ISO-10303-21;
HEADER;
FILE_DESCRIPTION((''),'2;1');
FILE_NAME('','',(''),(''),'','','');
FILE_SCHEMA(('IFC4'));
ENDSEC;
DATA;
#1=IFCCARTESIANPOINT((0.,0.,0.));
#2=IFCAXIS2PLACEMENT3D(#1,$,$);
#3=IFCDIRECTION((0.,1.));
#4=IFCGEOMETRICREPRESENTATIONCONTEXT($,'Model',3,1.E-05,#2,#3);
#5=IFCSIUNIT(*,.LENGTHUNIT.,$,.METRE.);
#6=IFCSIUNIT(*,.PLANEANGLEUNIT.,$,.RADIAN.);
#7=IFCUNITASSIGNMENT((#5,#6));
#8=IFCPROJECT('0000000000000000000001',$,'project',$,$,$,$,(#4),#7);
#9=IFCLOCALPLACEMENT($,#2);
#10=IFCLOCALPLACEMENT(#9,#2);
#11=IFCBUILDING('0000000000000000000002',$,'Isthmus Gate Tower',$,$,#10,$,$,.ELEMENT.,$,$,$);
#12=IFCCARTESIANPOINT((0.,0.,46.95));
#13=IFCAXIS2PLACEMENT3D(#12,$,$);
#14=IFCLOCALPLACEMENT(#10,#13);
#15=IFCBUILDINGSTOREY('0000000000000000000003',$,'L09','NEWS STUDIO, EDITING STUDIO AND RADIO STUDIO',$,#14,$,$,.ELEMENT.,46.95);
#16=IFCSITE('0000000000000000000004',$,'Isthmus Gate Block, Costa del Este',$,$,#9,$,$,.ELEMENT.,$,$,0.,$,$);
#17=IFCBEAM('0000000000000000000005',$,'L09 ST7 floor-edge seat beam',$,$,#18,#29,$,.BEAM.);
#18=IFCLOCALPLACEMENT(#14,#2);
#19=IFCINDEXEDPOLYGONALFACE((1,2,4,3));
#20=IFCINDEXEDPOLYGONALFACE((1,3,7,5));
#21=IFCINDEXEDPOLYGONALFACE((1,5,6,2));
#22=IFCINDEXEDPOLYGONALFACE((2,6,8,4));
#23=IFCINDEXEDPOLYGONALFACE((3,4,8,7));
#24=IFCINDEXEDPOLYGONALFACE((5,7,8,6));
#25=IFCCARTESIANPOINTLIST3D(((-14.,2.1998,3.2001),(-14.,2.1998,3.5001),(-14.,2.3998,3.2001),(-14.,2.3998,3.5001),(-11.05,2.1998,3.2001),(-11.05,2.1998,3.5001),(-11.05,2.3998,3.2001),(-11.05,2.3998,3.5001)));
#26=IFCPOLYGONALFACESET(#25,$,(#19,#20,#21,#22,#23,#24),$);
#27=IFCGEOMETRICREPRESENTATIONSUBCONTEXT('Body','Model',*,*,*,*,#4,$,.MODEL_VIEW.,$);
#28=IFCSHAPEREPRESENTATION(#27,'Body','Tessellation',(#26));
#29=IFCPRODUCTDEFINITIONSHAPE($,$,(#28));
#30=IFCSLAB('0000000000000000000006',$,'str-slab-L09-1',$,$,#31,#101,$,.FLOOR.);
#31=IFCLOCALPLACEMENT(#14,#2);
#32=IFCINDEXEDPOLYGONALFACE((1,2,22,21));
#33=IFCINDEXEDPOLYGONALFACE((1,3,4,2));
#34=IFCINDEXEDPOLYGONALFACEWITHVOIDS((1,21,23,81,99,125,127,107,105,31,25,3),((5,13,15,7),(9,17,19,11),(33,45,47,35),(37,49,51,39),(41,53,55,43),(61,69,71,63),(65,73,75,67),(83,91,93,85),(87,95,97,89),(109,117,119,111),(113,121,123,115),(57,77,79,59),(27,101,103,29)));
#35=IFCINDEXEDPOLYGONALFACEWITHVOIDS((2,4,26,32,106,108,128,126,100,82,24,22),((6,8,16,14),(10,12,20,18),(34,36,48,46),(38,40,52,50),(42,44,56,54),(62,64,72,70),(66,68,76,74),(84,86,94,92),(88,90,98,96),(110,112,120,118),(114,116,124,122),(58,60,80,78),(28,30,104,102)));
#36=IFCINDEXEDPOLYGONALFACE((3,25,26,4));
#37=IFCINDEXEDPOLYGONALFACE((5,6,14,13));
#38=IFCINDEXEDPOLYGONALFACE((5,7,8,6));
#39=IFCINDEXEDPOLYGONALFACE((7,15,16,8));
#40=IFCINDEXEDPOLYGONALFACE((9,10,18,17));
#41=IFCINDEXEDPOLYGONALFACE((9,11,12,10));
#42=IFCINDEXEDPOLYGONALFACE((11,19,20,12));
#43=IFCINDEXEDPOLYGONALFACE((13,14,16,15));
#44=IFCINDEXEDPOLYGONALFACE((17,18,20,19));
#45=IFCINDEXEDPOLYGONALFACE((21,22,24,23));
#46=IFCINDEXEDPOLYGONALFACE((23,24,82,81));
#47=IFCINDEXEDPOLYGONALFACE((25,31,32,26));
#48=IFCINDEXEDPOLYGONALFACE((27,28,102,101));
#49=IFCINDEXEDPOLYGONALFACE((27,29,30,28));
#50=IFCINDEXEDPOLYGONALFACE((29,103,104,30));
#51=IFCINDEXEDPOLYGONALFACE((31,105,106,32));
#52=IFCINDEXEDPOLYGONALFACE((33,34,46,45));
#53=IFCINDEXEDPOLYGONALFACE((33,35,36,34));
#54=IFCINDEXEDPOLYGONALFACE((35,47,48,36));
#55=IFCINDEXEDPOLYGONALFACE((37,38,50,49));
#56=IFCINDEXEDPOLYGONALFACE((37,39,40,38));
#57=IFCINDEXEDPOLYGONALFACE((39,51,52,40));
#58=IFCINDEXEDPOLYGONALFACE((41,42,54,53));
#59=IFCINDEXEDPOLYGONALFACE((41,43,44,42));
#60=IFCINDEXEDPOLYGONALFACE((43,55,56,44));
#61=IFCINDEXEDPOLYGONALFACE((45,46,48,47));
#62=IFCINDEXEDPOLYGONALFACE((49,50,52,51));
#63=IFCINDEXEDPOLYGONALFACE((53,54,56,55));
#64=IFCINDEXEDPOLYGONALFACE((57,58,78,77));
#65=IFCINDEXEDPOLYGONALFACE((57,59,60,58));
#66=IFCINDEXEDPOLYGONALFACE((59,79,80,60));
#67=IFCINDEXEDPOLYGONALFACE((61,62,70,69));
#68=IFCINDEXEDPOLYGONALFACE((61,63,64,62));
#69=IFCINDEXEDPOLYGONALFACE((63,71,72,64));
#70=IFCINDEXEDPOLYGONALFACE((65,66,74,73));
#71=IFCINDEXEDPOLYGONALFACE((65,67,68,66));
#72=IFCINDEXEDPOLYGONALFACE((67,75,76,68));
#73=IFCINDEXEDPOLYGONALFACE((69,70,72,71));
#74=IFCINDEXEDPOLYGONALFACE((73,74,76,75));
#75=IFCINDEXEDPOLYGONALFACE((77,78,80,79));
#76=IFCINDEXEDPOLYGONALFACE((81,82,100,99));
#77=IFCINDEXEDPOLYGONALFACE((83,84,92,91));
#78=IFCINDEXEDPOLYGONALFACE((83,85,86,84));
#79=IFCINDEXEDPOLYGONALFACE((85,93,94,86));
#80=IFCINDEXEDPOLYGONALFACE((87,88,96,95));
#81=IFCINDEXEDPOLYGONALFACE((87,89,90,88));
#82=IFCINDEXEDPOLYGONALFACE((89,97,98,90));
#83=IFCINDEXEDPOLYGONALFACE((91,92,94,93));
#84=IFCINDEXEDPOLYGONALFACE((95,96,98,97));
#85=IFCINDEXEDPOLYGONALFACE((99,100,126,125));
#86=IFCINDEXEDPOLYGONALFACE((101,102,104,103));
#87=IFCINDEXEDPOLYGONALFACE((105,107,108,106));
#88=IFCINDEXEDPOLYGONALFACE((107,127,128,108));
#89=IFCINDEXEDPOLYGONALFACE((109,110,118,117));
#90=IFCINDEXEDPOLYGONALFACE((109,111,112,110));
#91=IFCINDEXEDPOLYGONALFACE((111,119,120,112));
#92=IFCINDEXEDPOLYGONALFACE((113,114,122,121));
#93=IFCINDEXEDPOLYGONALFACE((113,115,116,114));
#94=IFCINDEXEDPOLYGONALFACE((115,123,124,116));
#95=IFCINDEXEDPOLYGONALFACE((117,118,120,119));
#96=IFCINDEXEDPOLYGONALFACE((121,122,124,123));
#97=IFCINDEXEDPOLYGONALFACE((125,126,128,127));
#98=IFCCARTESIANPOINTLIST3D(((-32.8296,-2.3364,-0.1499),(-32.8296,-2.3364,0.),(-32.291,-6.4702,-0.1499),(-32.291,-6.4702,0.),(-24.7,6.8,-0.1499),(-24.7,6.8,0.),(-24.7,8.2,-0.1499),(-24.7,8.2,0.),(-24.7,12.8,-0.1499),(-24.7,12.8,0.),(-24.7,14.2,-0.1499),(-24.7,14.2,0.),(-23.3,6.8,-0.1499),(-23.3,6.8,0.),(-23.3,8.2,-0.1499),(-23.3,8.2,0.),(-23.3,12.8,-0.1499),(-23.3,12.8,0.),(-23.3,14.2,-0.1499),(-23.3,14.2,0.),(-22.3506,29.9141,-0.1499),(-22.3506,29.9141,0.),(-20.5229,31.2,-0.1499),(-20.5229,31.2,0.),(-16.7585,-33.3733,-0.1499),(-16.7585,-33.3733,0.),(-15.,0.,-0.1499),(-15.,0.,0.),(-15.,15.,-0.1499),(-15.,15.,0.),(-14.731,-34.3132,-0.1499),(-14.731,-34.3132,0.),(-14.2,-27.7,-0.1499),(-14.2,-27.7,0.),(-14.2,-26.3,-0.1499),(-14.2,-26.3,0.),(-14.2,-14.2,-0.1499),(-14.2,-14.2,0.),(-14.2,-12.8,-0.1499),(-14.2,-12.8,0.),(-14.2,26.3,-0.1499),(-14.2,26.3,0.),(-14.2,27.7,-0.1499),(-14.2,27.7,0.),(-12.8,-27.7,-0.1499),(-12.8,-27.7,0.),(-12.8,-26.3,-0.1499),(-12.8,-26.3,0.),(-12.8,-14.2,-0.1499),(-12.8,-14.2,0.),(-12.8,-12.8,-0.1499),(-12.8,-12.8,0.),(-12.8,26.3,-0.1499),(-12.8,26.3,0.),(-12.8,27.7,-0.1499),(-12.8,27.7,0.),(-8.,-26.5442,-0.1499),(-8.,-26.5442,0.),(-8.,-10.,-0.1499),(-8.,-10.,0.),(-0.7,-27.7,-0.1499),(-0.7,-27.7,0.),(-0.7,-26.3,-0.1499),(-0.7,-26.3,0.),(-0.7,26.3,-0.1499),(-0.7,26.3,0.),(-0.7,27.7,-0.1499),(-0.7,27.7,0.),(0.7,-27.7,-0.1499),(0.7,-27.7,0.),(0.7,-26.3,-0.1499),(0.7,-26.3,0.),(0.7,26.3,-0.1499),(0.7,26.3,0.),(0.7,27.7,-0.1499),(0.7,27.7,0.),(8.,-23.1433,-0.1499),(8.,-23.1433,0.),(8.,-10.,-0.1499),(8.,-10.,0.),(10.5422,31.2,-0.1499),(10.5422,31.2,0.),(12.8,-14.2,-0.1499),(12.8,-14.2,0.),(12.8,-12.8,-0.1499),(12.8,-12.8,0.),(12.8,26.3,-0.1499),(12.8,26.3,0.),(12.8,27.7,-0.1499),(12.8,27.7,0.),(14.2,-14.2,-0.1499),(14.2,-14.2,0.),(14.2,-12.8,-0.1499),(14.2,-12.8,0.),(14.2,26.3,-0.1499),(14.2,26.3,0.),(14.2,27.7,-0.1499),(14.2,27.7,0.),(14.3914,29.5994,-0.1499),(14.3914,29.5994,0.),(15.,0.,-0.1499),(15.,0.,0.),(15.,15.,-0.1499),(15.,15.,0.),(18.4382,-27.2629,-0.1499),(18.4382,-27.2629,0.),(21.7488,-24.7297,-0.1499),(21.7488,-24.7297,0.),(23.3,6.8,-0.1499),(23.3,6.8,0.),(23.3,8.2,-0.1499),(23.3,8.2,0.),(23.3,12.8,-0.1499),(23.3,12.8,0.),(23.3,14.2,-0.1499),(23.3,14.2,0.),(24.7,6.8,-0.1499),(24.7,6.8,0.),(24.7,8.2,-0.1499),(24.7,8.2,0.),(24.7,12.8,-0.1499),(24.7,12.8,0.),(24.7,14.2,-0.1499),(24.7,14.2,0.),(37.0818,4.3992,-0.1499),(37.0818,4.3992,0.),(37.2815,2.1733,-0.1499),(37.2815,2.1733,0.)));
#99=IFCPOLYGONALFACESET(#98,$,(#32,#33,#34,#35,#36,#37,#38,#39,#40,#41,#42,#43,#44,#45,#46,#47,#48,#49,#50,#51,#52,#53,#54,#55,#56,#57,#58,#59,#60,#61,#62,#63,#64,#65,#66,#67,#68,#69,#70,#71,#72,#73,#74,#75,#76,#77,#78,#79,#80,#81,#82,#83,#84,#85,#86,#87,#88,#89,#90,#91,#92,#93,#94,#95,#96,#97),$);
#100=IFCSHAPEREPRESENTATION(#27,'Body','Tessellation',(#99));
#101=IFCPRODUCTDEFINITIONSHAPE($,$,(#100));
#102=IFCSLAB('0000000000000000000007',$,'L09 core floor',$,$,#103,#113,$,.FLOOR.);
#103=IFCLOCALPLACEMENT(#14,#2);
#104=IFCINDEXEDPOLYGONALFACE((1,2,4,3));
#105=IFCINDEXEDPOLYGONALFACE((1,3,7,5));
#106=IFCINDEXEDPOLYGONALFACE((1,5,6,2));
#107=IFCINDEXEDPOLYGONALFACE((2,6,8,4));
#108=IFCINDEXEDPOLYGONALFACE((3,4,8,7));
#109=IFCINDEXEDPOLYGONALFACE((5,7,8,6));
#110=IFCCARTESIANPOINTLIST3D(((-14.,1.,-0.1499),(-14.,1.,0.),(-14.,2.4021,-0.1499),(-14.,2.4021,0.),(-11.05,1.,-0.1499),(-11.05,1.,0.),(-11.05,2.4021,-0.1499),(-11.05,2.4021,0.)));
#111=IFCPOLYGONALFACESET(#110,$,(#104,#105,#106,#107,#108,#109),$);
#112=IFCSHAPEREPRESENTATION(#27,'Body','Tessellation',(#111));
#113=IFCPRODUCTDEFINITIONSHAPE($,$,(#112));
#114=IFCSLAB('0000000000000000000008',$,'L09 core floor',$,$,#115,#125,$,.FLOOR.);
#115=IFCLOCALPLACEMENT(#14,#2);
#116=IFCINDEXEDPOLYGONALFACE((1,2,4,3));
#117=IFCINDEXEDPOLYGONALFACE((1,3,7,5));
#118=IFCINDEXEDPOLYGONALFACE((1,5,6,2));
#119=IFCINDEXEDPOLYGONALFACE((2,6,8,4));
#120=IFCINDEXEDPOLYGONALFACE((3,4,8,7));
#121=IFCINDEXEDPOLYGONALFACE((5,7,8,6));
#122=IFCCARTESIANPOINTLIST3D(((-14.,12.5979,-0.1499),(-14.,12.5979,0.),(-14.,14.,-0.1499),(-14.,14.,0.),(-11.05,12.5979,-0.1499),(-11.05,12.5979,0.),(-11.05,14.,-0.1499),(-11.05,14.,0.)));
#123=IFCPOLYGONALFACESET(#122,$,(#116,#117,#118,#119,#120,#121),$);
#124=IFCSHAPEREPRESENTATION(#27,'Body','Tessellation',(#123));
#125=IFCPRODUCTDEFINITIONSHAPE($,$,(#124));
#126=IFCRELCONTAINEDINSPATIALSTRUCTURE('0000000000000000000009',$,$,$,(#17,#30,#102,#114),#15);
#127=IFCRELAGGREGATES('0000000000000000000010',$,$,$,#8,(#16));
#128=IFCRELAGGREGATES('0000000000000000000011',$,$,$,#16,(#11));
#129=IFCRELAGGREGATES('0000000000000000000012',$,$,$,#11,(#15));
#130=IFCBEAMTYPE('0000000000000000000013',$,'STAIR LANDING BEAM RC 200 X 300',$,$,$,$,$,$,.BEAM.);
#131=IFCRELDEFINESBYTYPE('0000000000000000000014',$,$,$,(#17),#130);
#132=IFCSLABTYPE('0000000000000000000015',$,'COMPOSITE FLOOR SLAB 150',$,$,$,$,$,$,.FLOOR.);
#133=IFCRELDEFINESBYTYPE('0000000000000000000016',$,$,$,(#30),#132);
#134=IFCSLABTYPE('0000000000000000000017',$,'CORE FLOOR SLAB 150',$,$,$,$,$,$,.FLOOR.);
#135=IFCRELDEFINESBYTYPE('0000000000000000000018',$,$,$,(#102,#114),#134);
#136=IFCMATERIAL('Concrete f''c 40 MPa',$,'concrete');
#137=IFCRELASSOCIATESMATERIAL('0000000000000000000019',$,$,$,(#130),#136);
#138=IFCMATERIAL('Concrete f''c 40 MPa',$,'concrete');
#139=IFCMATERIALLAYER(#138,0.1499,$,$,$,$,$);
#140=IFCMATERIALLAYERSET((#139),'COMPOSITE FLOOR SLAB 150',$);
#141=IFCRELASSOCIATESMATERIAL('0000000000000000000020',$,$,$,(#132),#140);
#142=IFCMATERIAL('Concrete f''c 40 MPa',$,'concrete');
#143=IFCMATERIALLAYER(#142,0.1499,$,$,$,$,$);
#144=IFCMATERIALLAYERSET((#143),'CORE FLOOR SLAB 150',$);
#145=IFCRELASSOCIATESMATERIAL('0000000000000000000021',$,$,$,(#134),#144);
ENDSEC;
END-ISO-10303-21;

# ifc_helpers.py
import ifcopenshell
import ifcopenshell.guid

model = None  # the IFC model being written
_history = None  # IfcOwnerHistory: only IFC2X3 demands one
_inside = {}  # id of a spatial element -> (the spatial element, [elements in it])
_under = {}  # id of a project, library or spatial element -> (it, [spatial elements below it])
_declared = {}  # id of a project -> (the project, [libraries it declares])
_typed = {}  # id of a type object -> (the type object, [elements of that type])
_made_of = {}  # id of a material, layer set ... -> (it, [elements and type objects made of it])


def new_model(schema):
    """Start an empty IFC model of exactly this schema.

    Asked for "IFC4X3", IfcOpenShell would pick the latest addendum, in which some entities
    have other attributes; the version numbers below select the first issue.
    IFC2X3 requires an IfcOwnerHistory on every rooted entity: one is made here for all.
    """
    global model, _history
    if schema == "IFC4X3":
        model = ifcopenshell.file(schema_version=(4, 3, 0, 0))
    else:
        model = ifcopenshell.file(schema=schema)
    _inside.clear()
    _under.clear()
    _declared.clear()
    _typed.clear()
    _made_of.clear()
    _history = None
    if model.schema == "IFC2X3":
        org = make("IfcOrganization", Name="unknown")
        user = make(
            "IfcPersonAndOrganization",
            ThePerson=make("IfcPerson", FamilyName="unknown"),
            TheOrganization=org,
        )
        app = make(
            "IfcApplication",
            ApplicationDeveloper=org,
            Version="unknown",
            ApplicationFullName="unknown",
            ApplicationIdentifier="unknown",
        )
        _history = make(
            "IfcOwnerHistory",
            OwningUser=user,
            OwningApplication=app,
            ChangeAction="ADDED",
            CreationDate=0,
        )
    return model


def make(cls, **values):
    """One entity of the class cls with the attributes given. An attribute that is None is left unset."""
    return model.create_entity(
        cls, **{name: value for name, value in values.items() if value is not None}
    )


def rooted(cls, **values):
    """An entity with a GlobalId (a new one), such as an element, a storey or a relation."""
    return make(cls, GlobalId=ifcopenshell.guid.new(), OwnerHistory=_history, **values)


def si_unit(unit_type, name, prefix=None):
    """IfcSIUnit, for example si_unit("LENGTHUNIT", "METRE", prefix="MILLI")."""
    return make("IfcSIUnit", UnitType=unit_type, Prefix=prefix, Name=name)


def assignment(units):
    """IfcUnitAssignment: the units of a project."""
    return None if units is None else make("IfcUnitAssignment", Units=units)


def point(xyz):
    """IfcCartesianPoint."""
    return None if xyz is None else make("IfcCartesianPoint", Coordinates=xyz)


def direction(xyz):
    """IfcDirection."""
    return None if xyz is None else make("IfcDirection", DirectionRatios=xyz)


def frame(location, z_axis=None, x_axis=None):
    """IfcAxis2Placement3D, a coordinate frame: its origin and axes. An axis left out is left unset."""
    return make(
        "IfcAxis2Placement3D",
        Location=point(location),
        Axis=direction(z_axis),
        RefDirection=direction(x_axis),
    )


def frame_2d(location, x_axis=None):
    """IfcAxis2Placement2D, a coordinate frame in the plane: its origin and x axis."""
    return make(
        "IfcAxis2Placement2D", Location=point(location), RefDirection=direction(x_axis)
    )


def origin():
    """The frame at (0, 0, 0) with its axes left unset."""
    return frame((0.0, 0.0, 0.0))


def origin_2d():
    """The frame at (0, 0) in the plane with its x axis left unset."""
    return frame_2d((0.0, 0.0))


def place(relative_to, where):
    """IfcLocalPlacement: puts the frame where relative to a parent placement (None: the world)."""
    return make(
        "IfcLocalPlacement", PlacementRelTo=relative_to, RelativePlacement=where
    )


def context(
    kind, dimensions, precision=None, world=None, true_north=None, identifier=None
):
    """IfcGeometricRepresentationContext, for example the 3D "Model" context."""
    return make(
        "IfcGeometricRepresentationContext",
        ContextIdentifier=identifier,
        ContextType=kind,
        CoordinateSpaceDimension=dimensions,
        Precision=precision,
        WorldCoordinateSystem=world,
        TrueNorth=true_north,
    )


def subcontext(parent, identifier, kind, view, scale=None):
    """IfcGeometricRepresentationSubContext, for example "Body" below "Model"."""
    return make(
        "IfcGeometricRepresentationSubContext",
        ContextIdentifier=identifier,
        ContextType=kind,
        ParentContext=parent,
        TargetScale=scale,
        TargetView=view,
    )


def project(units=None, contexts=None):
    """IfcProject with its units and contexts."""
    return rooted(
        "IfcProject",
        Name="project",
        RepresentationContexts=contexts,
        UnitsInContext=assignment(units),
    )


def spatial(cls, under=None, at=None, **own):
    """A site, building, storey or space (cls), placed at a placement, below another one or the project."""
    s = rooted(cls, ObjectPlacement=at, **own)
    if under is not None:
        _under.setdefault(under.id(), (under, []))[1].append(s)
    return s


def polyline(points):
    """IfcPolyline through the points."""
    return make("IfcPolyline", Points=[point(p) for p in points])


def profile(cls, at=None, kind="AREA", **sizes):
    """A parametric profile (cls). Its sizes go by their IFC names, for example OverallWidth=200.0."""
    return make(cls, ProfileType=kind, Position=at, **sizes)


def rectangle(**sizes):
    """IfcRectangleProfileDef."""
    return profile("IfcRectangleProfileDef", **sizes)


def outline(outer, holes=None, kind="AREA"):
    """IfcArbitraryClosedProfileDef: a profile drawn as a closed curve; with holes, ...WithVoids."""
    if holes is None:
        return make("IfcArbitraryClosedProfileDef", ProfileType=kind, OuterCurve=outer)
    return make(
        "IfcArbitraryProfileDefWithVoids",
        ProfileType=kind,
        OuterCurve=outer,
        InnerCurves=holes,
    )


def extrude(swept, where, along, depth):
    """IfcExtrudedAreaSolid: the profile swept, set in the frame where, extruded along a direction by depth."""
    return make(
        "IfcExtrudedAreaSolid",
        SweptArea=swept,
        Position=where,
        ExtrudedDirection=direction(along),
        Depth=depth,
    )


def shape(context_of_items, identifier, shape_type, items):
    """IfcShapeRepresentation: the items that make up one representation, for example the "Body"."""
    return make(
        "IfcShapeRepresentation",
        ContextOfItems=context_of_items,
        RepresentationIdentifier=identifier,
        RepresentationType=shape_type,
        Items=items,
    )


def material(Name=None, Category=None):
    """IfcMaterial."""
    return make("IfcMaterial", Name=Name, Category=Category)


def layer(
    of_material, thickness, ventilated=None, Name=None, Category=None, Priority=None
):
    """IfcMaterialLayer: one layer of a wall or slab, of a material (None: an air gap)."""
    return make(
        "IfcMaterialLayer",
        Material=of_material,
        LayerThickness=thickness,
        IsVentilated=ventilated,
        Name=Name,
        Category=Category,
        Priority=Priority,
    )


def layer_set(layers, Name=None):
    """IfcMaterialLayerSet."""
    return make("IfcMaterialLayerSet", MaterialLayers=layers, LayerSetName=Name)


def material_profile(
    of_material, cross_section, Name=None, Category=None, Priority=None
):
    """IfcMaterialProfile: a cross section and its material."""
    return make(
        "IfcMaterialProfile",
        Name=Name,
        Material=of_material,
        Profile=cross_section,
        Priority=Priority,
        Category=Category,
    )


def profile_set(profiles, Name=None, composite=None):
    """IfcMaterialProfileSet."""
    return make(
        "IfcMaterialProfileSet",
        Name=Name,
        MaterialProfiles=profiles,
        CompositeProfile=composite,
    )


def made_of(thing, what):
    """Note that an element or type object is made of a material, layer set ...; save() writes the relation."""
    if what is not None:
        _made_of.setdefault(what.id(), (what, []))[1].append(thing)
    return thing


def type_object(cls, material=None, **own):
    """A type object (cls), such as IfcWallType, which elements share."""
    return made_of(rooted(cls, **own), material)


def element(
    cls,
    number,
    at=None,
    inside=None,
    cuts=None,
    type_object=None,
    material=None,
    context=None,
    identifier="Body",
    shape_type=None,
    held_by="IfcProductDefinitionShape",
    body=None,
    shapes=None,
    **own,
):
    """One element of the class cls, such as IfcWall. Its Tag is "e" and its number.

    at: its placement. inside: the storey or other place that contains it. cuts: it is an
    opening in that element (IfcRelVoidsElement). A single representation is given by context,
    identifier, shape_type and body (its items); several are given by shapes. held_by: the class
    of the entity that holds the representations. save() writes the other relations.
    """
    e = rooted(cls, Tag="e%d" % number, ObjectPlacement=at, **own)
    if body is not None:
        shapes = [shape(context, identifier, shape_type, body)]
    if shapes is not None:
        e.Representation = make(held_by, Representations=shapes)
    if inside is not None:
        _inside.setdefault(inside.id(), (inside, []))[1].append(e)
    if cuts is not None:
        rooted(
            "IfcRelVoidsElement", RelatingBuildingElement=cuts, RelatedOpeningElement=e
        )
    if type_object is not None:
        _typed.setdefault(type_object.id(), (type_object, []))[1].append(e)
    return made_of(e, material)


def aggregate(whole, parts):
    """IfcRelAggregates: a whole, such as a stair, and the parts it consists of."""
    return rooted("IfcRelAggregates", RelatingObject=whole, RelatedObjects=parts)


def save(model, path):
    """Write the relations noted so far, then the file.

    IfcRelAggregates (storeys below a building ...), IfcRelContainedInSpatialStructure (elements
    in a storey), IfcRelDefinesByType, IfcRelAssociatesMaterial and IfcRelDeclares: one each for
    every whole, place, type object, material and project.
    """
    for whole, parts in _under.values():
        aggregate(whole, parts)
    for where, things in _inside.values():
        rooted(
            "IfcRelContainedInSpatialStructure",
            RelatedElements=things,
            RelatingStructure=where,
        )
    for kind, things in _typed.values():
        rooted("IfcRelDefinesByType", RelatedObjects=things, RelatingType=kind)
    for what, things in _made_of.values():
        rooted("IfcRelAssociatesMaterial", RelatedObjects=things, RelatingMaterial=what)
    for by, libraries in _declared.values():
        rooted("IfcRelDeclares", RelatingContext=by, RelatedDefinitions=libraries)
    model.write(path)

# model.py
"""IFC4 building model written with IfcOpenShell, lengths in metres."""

from ifc_helpers import new_model, si_unit, direction, frame, origin, origin_2d, place, context, subcontext, project, spatial, polyline, rectangle, outline, extrude, material, layer, layer_set, material_profile, profile_set, type_object, element, save


model = new_model("IFC4")

# Units and contexts
model_context = context("Model", 3, precision=1e-05, world=origin(), true_north=direction((0.0, 1.0)))
body_context = subcontext(model_context, "Body", "Model", "MODEL_VIEW")
ifc_project = project(units=[si_unit("LENGTHUNIT", "METRE"), si_unit("PLANEANGLEUNIT", "RADIAN")], contexts=[model_context])

# Site, building, storey
site_placement = place(None, origin())
site = spatial("IfcSite", under=ifc_project, at=site_placement, Name="Isthmus Gate Block, Costa del Este", CompositionType="ELEMENT", RefElevation=0.0)
building_placement = place(site_placement, origin())
building = spatial("IfcBuilding", under=site, at=building_placement, Name="Isthmus Gate Tower", CompositionType="ELEMENT")
storey_placement = place(building_placement, frame((0.0, 0.0, 46.95)))
storey = spatial("IfcBuildingStorey", under=building, at=storey_placement, Name="L09", Description="NEWS STUDIO, EDITING STUDIO AND RADIO STUDIO", CompositionType="ELEMENT", Elevation=46.95)

# Beam
ifc_material_1 = material(Name="Concrete f'c 40 MPa", Category="concrete")
ifc_material_profile = material_profile(ifc_material_1, rectangle(XDim=0.2, YDim=0.3, at=origin_2d()), Name="STAIR LANDING BEAM RC 200 X 300")
ifc_profile_set = profile_set([ifc_material_profile], Name="Concrete f'c 40 MPa")
beam_type = type_object("IfcBeamType", Name="STAIR LANDING BEAM RC 200 X 300", PredefinedType="BEAM", material=ifc_profile_set)
beam_placement = place(storey_placement, frame((-14.0, 2.2998, 3.3501), z_axis=(1.0, 0.0, 0.0), x_axis=(0.0, 1.0, 0.0)))
element("IfcBeam", 1, at=beam_placement, inside=storey, type_object=beam_type, Name="L09 ST7 floor-edge seat beam", PredefinedType="BEAM", context=body_context, shape_type="SweptSolid", body=[
    extrude(rectangle(XDim=0.2, YDim=0.3, at=origin_2d()), origin(), (0.0, 0.0, 1.0), 2.95),
])

# Slabs
ifc_material_2 = material(Name="Concrete f'c 40 MPa", Category="concrete")
ifc_layer_1 = layer(ifc_material_2, 0.1499)
ifc_layer_set_1 = layer_set([ifc_layer_1], Name="COMPOSITE FLOOR SLAB 150")
slab_type_1 = type_object("IfcSlabType", Name="COMPOSITE FLOOR SLAB 150", PredefinedType="FLOOR", material=ifc_layer_set_1)
slab_1_placement = place(storey_placement, frame((0.0, 0.0, -0.1499)))
element("IfcSlab", 2, at=slab_1_placement, inside=storey, type_object=slab_type_1, Name="str-slab-L09-1", PredefinedType="FLOOR", context=body_context, shape_type="SweptSolid", body=[
    extrude(outline(polyline([(14.3914, 29.5994), (37.0818, 4.3992), (37.2815, 2.1733), (21.7488, -24.7297), (18.4382, -27.2629), (-14.731, -34.3132), (-16.7585, -33.3733), (-32.291, -6.4702), (-32.8296, -2.3364), (-22.3506, 29.9141), (-20.5229, 31.2), (10.5422, 31.2), (14.3914, 29.5994)]), holes=[polyline([(-14.2, -27.7), (-12.8, -27.7), (-12.8, -26.3), (-14.2, -26.3), (-14.2, -27.7)]), polyline([(-0.7, -26.3), (-0.7, -27.7), (0.7, -27.7), (0.7, -26.3), (-0.7, -26.3)]), polyline([(-14.2, -12.8), (-14.2, -14.2), (-12.8, -14.2), (-12.8, -12.8), (-14.2, -12.8)]), polyline([(-24.7, 8.2), (-24.7, 6.8), (-23.3, 6.8), (-23.3, 8.2), (-24.7, 8.2)]), polyline([(-23.3, 14.2), (-24.7, 14.2), (-24.7, 12.8), (-23.3, 12.8), (-23.3, 14.2)]), polyline([(-14.2, 27.7), (-14.2, 26.3), (-12.8, 26.3), (-12.8, 27.7), (-14.2, 27.7)]), polyline([(-0.7, 27.7), (-0.7, 26.3), (0.7, 26.3), (0.7, 27.7), (-0.7, 27.7)]), polyline([(8.0, -23.1433), (8.0, -10.0), (-8.0, -10.0), (-8.0, -26.5442), (8.0, -23.1433)]), polyline([(14.2, -12.8), (12.8, -12.8), (12.8, -14.2), (14.2, -14.2), (14.2, -12.8)]), polyline([(15.0, 15.0), (-15.0, 15.0), (-15.0, 0.0), (15.0, 0.0), (15.0, 15.0)]), polyline([(24.7, 8.2), (23.3, 8.2), (23.3, 6.8), (24.7, 6.8), (24.7, 8.2)]), polyline([(23.3, 14.2), (23.3, 12.8), (24.7, 12.8), (24.7, 14.2), (23.3, 14.2)]), polyline([(14.2, 27.7), (12.8, 27.7), (12.8, 26.3), (14.2, 26.3), (14.2, 27.7)])]), origin(), (0.0, 0.0, 1.0), 0.1499),
])
ifc_material_3 = material(Name="Concrete f'c 40 MPa", Category="concrete")
ifc_layer_2 = layer(ifc_material_3, 0.1499)
ifc_layer_set_2 = layer_set([ifc_layer_2], Name="CORE FLOOR SLAB 150")
slab_type_2 = type_object("IfcSlabType", Name="CORE FLOOR SLAB 150", PredefinedType="FLOOR", material=ifc_layer_set_2)
slab_2_placement = place(storey_placement, frame((0.0, 0.0, -0.1499)))
element("IfcSlab", 3, at=slab_2_placement, inside=storey, type_object=slab_type_2, Name="L09 core floor", PredefinedType="FLOOR", context=body_context, shape_type="SweptSolid", body=[
    extrude(outline(polyline([(-11.05, 1.0), (-11.05, 2.4021), (-14.0, 2.4021), (-14.0, 1.0), (-11.05, 1.0)])), origin(), (0.0, 0.0, 1.0), 0.1499),
])
slab_3_placement = place(storey_placement, frame((0.0, 0.0, -0.1499)))
element("IfcSlab", 4, at=slab_3_placement, inside=storey, type_object=slab_type_2, Name="L09 core floor", PredefinedType="FLOOR", context=body_context, shape_type="SweptSolid", body=[
    extrude(outline(polyline([(-14.0, 14.0), (-14.0, 12.5979), (-11.05, 12.5979), (-11.05, 14.0), (-14.0, 14.0)])), origin(), (0.0, 0.0, 1.0), 0.1499),
])

save(model, "model.ifc")
